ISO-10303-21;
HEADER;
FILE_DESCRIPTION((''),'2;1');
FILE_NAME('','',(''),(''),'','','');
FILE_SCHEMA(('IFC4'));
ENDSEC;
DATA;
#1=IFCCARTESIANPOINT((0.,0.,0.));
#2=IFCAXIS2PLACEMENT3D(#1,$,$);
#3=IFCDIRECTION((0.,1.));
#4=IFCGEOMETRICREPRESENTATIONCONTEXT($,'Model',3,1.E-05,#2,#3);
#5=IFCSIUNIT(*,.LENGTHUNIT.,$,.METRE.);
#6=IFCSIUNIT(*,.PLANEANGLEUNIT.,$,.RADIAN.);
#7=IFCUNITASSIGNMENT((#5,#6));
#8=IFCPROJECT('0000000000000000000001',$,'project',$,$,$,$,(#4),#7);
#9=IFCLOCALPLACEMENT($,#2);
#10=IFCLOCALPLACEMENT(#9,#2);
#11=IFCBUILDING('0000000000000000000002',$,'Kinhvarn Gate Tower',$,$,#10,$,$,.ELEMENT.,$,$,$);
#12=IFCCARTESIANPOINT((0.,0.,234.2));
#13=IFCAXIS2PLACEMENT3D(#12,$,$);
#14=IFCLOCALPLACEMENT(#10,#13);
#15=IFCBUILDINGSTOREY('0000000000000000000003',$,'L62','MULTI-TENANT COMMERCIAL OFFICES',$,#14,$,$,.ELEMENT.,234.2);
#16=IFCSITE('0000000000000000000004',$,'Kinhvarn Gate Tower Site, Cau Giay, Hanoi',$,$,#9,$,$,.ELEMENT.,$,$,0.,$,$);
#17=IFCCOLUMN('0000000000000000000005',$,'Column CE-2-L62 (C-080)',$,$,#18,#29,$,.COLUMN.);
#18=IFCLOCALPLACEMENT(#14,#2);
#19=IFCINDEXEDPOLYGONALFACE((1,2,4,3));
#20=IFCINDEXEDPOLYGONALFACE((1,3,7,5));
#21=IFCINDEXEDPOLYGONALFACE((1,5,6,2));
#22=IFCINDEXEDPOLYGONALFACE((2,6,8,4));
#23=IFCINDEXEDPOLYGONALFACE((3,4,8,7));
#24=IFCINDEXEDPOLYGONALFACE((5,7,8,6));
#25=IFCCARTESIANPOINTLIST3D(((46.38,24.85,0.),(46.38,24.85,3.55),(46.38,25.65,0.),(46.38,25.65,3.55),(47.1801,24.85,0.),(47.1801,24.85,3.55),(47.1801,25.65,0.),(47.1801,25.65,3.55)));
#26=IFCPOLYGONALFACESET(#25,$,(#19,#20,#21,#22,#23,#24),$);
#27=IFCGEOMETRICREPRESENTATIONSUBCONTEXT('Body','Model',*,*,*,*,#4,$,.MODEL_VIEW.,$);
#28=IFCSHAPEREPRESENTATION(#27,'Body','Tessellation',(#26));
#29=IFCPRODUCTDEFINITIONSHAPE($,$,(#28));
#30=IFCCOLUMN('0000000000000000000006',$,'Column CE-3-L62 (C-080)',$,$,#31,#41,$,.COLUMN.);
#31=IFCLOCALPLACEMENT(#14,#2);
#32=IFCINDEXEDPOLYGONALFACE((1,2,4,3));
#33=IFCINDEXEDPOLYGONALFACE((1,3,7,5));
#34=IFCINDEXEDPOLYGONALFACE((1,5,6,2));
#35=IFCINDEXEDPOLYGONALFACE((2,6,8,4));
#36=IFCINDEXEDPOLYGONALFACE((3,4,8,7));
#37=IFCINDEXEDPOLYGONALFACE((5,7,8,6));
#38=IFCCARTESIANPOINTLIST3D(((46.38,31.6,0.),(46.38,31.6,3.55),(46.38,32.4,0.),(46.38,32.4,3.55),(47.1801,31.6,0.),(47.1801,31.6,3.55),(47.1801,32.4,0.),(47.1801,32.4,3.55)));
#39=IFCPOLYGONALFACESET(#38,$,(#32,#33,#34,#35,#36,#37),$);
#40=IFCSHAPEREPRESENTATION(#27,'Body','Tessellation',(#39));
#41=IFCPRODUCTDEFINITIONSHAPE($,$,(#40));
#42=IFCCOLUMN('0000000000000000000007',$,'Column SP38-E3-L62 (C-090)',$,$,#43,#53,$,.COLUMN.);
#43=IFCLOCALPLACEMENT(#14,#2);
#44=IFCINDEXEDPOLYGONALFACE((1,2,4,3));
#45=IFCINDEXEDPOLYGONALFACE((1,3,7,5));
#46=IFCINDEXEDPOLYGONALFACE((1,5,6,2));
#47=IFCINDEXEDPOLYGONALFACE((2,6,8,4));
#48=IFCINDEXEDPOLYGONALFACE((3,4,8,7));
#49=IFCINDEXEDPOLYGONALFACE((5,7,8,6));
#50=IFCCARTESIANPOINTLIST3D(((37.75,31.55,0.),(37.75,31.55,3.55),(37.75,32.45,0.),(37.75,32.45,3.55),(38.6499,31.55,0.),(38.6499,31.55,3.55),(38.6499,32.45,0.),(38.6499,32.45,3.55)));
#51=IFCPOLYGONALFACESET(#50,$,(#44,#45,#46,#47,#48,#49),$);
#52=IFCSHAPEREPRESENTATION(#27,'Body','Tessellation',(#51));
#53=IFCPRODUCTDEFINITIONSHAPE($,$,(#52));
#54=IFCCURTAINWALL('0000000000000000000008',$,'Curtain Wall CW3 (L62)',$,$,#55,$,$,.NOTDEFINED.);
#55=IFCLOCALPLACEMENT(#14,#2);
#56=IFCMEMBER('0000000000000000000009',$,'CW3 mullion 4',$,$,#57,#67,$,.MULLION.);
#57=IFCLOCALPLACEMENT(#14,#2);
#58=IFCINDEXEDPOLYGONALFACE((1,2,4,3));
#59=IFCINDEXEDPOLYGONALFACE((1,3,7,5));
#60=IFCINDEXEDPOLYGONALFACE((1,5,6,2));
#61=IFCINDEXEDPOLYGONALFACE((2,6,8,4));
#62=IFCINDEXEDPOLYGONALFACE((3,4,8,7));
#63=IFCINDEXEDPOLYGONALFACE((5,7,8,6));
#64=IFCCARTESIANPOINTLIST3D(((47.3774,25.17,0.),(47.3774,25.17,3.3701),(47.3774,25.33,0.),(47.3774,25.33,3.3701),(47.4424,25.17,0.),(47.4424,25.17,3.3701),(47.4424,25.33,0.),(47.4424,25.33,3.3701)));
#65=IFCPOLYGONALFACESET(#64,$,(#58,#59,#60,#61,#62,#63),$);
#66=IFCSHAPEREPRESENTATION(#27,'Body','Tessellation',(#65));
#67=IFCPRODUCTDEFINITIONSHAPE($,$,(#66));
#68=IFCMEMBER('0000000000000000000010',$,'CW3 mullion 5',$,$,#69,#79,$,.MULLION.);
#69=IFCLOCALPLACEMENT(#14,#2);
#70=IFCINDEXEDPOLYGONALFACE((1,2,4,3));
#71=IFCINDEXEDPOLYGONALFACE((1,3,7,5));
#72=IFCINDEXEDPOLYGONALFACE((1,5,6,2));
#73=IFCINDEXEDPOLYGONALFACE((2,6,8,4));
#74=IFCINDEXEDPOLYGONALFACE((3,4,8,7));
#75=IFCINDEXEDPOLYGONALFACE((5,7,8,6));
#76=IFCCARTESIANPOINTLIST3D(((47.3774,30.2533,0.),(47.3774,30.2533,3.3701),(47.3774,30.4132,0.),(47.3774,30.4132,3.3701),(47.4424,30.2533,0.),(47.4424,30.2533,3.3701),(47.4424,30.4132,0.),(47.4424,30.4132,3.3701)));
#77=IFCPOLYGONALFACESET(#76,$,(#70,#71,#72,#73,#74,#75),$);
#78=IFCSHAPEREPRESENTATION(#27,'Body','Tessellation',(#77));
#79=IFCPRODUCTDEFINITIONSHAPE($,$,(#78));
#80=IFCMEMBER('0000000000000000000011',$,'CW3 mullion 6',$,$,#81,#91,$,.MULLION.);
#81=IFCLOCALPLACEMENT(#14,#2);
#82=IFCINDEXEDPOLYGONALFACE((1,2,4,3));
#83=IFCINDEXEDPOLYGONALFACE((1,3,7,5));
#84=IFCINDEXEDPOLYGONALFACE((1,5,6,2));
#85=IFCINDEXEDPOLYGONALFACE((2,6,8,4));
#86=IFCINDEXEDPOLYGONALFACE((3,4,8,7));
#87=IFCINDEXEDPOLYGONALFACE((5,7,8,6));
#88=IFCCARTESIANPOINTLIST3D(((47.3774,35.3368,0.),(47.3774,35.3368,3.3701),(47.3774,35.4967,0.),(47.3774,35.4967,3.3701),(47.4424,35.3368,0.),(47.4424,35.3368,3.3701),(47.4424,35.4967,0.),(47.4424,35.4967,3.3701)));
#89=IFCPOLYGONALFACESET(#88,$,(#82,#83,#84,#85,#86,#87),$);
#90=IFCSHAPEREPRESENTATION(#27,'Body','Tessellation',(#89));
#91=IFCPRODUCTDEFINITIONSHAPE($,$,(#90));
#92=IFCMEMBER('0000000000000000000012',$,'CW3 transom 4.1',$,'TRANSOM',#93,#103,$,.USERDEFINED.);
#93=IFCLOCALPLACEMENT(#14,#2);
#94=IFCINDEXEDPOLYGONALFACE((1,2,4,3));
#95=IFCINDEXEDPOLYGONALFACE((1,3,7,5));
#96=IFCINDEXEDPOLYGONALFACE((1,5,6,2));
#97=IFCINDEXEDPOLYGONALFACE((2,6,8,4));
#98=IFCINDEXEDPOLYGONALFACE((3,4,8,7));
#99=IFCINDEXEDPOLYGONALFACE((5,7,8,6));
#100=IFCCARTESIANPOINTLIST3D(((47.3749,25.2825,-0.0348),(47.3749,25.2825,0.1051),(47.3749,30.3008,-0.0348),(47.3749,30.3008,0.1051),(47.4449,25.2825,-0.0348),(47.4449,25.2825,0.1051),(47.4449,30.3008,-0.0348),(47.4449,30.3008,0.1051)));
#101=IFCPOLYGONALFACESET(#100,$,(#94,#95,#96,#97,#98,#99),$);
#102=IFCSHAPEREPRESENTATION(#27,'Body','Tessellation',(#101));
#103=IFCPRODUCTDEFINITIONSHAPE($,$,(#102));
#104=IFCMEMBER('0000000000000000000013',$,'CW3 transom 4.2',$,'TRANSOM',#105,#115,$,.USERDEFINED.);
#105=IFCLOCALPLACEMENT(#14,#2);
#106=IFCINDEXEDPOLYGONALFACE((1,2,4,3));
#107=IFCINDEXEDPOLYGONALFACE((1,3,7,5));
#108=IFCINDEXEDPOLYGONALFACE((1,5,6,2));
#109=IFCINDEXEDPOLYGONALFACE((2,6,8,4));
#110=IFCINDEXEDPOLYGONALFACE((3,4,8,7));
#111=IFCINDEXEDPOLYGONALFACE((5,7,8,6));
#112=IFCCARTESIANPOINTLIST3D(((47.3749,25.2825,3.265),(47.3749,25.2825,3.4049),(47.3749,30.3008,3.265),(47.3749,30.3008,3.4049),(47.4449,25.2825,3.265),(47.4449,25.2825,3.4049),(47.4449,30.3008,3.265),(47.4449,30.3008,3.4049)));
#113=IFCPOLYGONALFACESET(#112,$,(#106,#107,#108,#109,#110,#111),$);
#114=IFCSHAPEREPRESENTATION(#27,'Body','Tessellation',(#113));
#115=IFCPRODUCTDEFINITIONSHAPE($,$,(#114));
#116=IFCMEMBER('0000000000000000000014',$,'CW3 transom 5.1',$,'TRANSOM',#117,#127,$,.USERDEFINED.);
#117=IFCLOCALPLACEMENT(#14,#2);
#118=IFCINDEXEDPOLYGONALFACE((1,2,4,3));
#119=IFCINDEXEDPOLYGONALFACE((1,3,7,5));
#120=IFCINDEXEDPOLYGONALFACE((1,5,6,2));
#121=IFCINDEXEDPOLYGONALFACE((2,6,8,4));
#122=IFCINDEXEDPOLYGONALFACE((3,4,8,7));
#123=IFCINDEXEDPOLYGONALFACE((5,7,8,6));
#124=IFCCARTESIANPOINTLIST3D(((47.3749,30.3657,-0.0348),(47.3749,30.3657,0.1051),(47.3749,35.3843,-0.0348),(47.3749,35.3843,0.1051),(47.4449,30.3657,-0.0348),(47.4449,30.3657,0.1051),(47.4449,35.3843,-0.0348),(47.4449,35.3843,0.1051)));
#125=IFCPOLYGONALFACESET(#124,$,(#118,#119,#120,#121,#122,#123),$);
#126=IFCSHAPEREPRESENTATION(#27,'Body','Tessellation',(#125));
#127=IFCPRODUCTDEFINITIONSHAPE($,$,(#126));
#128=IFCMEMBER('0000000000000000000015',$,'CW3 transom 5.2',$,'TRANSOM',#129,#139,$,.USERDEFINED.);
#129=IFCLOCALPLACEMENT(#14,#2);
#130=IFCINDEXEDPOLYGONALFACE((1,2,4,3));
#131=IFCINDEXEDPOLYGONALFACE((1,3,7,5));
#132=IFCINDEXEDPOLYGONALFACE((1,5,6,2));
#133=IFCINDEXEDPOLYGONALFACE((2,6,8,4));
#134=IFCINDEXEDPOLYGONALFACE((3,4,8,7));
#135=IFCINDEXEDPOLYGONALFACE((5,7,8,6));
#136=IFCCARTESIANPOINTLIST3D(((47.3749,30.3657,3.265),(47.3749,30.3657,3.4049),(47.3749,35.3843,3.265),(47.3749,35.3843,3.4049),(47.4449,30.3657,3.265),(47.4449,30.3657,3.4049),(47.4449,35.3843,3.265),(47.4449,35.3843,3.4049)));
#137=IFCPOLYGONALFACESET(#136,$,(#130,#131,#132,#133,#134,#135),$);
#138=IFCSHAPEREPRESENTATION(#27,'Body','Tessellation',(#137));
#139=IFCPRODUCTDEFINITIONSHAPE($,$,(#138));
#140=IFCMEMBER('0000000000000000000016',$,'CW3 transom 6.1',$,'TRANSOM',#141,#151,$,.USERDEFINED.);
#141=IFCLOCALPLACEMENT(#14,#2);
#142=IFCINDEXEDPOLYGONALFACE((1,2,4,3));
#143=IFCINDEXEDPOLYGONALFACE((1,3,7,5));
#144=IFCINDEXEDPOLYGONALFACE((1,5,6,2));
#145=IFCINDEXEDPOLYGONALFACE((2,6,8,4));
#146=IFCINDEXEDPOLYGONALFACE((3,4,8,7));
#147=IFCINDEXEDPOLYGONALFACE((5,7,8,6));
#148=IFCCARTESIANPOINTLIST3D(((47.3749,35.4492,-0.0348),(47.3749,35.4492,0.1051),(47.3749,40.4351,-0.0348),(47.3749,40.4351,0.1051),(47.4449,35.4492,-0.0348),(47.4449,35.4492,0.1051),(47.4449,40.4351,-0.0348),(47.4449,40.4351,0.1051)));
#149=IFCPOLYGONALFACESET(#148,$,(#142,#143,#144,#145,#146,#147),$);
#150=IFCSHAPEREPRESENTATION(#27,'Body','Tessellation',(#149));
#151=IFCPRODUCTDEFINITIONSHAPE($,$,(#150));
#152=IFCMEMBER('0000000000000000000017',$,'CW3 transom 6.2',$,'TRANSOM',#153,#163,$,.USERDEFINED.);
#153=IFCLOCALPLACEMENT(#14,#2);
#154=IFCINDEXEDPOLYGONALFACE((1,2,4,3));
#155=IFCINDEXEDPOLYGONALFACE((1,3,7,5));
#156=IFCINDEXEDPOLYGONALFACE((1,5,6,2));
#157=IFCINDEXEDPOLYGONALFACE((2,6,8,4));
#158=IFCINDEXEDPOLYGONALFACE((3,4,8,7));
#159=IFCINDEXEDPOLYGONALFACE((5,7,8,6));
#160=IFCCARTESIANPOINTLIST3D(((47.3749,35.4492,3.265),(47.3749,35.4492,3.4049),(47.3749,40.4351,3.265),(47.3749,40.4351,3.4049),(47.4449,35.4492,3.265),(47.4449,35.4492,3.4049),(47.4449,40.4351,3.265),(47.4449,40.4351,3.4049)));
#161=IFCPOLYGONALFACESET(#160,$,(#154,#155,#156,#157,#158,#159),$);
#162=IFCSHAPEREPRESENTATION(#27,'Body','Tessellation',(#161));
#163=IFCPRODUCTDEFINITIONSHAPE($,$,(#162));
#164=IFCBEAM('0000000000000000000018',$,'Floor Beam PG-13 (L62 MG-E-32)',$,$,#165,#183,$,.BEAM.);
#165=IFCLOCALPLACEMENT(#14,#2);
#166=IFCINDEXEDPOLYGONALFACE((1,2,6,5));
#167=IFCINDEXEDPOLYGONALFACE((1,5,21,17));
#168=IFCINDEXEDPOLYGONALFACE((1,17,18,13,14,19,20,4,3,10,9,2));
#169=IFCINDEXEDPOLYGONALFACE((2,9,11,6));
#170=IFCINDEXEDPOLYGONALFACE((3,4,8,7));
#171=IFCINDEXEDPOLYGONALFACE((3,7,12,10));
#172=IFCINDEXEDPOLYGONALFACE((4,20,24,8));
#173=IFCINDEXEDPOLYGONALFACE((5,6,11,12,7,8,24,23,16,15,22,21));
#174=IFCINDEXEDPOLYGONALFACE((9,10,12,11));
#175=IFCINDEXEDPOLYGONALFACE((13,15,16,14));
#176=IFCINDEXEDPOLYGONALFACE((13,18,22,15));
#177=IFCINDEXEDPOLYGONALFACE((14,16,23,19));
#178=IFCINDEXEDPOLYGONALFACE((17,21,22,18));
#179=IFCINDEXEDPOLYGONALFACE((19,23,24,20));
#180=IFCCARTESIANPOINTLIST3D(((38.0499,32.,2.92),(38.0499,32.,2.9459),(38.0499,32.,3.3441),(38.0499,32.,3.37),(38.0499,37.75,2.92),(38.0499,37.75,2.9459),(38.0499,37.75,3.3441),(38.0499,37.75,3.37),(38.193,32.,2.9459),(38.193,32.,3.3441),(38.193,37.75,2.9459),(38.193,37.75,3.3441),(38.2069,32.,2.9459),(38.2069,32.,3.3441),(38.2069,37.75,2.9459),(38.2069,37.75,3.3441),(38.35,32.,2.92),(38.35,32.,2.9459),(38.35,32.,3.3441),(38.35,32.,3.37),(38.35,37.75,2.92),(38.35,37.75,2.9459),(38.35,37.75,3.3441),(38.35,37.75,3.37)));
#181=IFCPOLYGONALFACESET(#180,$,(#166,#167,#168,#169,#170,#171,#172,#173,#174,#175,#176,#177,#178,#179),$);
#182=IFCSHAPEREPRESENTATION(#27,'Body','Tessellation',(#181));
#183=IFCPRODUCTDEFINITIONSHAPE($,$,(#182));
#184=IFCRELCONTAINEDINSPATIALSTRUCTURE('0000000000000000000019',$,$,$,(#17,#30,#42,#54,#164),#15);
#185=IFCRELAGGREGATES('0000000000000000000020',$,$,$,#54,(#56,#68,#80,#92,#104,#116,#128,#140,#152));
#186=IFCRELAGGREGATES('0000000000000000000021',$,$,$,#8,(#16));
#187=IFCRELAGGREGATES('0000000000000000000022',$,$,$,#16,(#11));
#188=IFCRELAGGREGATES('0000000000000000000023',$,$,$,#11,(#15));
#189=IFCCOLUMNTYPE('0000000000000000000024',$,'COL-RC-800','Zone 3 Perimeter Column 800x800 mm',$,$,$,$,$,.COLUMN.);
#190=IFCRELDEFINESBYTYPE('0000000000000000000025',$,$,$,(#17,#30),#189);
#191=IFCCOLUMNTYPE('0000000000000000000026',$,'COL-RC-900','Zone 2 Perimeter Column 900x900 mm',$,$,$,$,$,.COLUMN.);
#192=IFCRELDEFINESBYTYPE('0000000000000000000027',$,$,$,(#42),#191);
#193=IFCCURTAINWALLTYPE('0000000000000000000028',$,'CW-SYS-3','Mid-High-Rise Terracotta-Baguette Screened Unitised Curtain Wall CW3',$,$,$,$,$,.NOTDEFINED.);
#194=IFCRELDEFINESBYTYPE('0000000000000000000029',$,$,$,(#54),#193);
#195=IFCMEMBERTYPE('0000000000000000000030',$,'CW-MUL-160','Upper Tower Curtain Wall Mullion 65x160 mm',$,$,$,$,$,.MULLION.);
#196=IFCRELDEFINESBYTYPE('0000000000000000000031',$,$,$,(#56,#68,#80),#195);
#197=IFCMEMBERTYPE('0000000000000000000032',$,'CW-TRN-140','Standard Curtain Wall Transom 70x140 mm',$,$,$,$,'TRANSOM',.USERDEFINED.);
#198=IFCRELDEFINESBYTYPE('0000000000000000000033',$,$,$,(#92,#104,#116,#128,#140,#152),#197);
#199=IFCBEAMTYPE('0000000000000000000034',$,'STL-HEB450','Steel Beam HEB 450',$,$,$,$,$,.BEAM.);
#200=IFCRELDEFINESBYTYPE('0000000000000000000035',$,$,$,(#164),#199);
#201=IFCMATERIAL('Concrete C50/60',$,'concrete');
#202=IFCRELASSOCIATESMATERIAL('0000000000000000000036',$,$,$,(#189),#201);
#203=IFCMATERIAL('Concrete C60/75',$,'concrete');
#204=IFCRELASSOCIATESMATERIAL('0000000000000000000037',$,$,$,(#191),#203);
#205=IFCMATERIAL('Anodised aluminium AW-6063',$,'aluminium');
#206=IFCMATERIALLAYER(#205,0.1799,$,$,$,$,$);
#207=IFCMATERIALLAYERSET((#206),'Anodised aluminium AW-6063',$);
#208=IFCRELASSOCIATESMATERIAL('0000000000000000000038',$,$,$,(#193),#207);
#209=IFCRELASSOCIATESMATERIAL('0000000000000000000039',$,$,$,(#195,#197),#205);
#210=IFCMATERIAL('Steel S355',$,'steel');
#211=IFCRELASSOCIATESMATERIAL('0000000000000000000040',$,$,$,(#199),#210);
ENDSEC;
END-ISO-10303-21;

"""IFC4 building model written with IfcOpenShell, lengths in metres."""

from ifc_helpers import new_model, si_unit, direction, frame, origin, origin_2d, place, context, subcontext, project, spatial, rectangle, i_section, extrude, material, layer, layer_set, material_profile, profile_set, type_object, element, aggregate, save


model = new_model("IFC4")

# Units and contexts
model_context = context("Model", 3, precision=1e-05, world=origin(), true_north=direction((0.0, 1.0)))
body_context = subcontext(model_context, "Body", "Model", "MODEL_VIEW")
ifc_project = project(units=[si_unit("LENGTHUNIT", "METRE"), si_unit("PLANEANGLEUNIT", "RADIAN")], contexts=[model_context])

# Site, building, storey
site_placement = place(None, origin())
site = spatial("IfcSite", under=ifc_project, at=site_placement, Name="Kinhvarn Gate Tower Site, Cau Giay, Hanoi", CompositionType="ELEMENT", RefElevation=0.0)
building_placement = place(site_placement, origin())
building = spatial("IfcBuilding", under=site, at=building_placement, Name="Kinhvarn Gate Tower", CompositionType="ELEMENT")
storey_placement = place(building_placement, frame((0.0, 0.0, 234.2)))
storey = spatial("IfcBuildingStorey", under=building, at=storey_placement, Name="L62", Description="MULTI-TENANT COMMERCIAL OFFICES", CompositionType="ELEMENT", Elevation=234.2)

# Columns
ifc_material_1 = material(Name="Concrete C50/60", Category="concrete")
ifc_material_profile_1 = material_profile(ifc_material_1, rectangle(XDim=0.8, YDim=0.8, at=origin_2d()), Name="RC 800x800")
ifc_profile_set_1 = profile_set([ifc_material_profile_1], Name="Concrete C50/60")
column_type_1 = type_object("IfcColumnType", Name="COL-RC-800", Description="Zone 3 Perimeter Column 800x800 mm", PredefinedType="COLUMN", material=ifc_profile_set_1)
for number, where, z_axis, x_axis, name in (
    (1, (46.78, 25.25, 0.0), (0.0, 0.0, 1.0), (1.0, 0.0, 0.0), "Column CE-2-L62 (C-080)"),
    (2, (46.78, 32.0, 0.0), (0.0, 0.0, 1.0), (1.0, 0.0, 0.0), "Column CE-3-L62 (C-080)"),
):
    element("IfcColumn", number, at=place(storey_placement, frame(where, z_axis=z_axis, x_axis=x_axis)), inside=storey, type_object=column_type_1, Name=name, PredefinedType="COLUMN", context=body_context, shape_type="SweptSolid", body=[
        extrude(rectangle(XDim=0.8, YDim=0.8, at=origin_2d()), origin(), (0.0, 0.0, 1.0), 3.55),
    ])
ifc_material_2 = material(Name="Concrete C60/75", Category="concrete")
ifc_material_profile_2 = material_profile(ifc_material_2, rectangle(XDim=0.8999, YDim=0.8999, at=origin_2d()), Name="RC 900x900")
ifc_profile_set_2 = profile_set([ifc_material_profile_2], Name="Concrete C60/75")
column_type_2 = type_object("IfcColumnType", Name="COL-RC-900", Description="Zone 2 Perimeter Column 900x900 mm", PredefinedType="COLUMN", material=ifc_profile_set_2)
column_placement = place(storey_placement, frame((38.2, 32.0, 0.0), z_axis=(0.0, 0.0, 1.0), x_axis=(1.0, 0.0, 0.0)))
element("IfcColumn", 3, at=column_placement, inside=storey, type_object=column_type_2, Name="Column SP38-E3-L62 (C-090)", PredefinedType="COLUMN", context=body_context, shape_type="SweptSolid", body=[
    extrude(rectangle(XDim=0.8999, YDim=0.8999, at=origin_2d()), origin(), (0.0, 0.0, 1.0), 3.55),
])

# Curtain wall, members
ifc_material_3 = material(Name="Anodised aluminium AW-6063", Category="aluminium")
ifc_layer_1 = layer(ifc_material_3, 0.1799)
ifc_layer_set_1 = layer_set([ifc_layer_1], Name="Anodised aluminium AW-6063")
curtain_wall_type = type_object("IfcCurtainWallType", Name="CW-SYS-3", Description="Mid-High-Rise Terracotta-Baguette Screened Unitised Curtain Wall CW3", PredefinedType="NOTDEFINED", material=ifc_layer_set_1)
curtain_wall_placement = place(storey_placement, origin())
curtain_wall = element("IfcCurtainWall", 4, at=curtain_wall_placement, inside=storey, type_object=curtain_wall_type, Name="Curtain Wall CW3 (L62)", PredefinedType="NOTDEFINED")
ifc_material_profile_3 = material_profile(ifc_material_3, rectangle(XDim=0.0649, YDim=0.1599, at=origin_2d()), Name="ALU 65x160")
ifc_profile_set_3 = profile_set([ifc_material_profile_3], Name="Anodised aluminium AW-6063")
member_type_1 = type_object("IfcMemberType", Name="CW-MUL-160", Description="Upper Tower Curtain Wall Mullion 65x160 mm", PredefinedType="MULLION", material=ifc_profile_set_3)
member_1_placement = place(storey_placement, frame((47.4099, 25.25, 0.0), z_axis=(0.0, 0.0, 1.0), x_axis=(-1.0, 0.0, 0.0)))
member_1 = element("IfcMember", 5, at=member_1_placement, type_object=member_type_1, Name="CW3 mullion 4", PredefinedType="MULLION", context=body_context, shape_type="SweptSolid", body=[
    extrude(rectangle(XDim=0.0649, YDim=0.1599, at=origin_2d()), origin(), (0.0, 0.0, 1.0), 3.3701),
])
member_2_placement = place(storey_placement, frame((47.4099, 30.3333, 0.0), z_axis=(0.0, 0.0, 1.0), x_axis=(-1.0, 0.0, 0.0)))
member_2 = element("IfcMember", 6, at=member_2_placement, type_object=member_type_1, Name="CW3 mullion 5", PredefinedType="MULLION", context=body_context, shape_type="SweptSolid", body=[
    extrude(rectangle(XDim=0.0649, YDim=0.1599, at=origin_2d()), origin(), (0.0, 0.0, 1.0), 3.3701),
])
member_3_placement = place(storey_placement, frame((47.4099, 35.4167, 0.0), z_axis=(0.0, 0.0, 1.0), x_axis=(-1.0, 0.0, 0.0)))
member_3 = element("IfcMember", 7, at=member_3_placement, type_object=member_type_1, Name="CW3 mullion 6", PredefinedType="MULLION", context=body_context, shape_type="SweptSolid", body=[
    extrude(rectangle(XDim=0.0649, YDim=0.1599, at=origin_2d()), origin(), (0.0, 0.0, 1.0), 3.3701),
])
ifc_material_profile_4 = material_profile(ifc_material_3, rectangle(XDim=0.0701, YDim=0.1399, at=origin_2d()), Name="ALU 70x140")
ifc_profile_set_4 = profile_set([ifc_material_profile_4], Name="Anodised aluminium AW-6063")
member_type_2 = type_object("IfcMemberType", Name="CW-TRN-140", Description="Standard Curtain Wall Transom 70x140 mm", ElementType="TRANSOM", PredefinedType="USERDEFINED", material=ifc_profile_set_4)
member_4_placement = place(storey_placement, frame((47.4099, 25.2825, 0.0352), z_axis=(0.0, 1.0, 0.0), x_axis=(-1.0, 0.0, 0.0)))
member_4 = element("IfcMember", 8, at=member_4_placement, type_object=member_type_2, Name="CW3 transom 4.1", ObjectType="TRANSOM", PredefinedType="USERDEFINED", context=body_context, shape_type="SweptSolid", body=[
    extrude(rectangle(XDim=0.0701, YDim=0.1399, at=origin_2d()), origin(), (0.0, 0.0, 1.0), 5.0183),
])
member_5_placement = place(storey_placement, frame((47.4099, 25.2825, 3.335), z_axis=(0.0, 1.0, 0.0), x_axis=(-1.0, 0.0, 0.0)))
member_5 = element("IfcMember", 9, at=member_5_placement, type_object=member_type_2, Name="CW3 transom 4.2", ObjectType="TRANSOM", PredefinedType="USERDEFINED", context=body_context, shape_type="SweptSolid", body=[
    extrude(rectangle(XDim=0.0701, YDim=0.1399, at=origin_2d()), origin(), (0.0, 0.0, 1.0), 5.0183),
])
member_6_placement = place(storey_placement, frame((47.4099, 30.3657, 0.0352), z_axis=(0.0, 1.0, 0.0), x_axis=(-1.0, 0.0, 0.0)))
member_6 = element("IfcMember", 10, at=member_6_placement, type_object=member_type_2, Name="CW3 transom 5.1", ObjectType="TRANSOM", PredefinedType="USERDEFINED", context=body_context, shape_type="SweptSolid", body=[
    extrude(rectangle(XDim=0.0701, YDim=0.1399, at=origin_2d()), origin(), (0.0, 0.0, 1.0), 5.0186),
])
member_7_placement = place(storey_placement, frame((47.4099, 30.3657, 3.335), z_axis=(0.0, 1.0, 0.0), x_axis=(-1.0, 0.0, 0.0)))
member_7 = element("IfcMember", 11, at=member_7_placement, type_object=member_type_2, Name="CW3 transom 5.2", ObjectType="TRANSOM", PredefinedType="USERDEFINED", context=body_context, shape_type="SweptSolid", body=[
    extrude(rectangle(XDim=0.0701, YDim=0.1399, at=origin_2d()), origin(), (0.0, 0.0, 1.0), 5.0186),
])
member_8_placement = place(storey_placement, frame((47.4099, 35.4492, 0.0352), z_axis=(0.0, 1.0, 0.0), x_axis=(-1.0, 0.0, 0.0)))
member_8 = element("IfcMember", 12, at=member_8_placement, type_object=member_type_2, Name="CW3 transom 6.1", ObjectType="TRANSOM", PredefinedType="USERDEFINED", context=body_context, shape_type="SweptSolid", body=[
    extrude(rectangle(XDim=0.0701, YDim=0.1399, at=origin_2d()), origin(), (0.0, 0.0, 1.0), 4.9858),
])
member_9_placement = place(storey_placement, frame((47.4099, 35.4492, 3.335), z_axis=(0.0, 1.0, 0.0), x_axis=(-1.0, 0.0, 0.0)))
member_9 = element("IfcMember", 13, at=member_9_placement, type_object=member_type_2, Name="CW3 transom 6.2", ObjectType="TRANSOM", PredefinedType="USERDEFINED", context=body_context, shape_type="SweptSolid", body=[
    extrude(rectangle(XDim=0.0701, YDim=0.1399, at=origin_2d()), origin(), (0.0, 0.0, 1.0), 4.9858),
])

# Beam
ifc_material_4 = material(Name="Steel S355", Category="steel")
ifc_material_profile_5 = material_profile(ifc_material_4, i_section(OverallWidth=0.3, OverallDepth=0.45, WebThickness=0.0139, FlangeThickness=0.0259, at=origin_2d()), Name="HEB 450")
ifc_profile_set_5 = profile_set([ifc_material_profile_5], Name="Steel S355")
beam_type_1 = type_object("IfcBeamType", Name="STL-HEB450", Description="Steel Beam HEB 450", PredefinedType="BEAM", material=ifc_profile_set_5)
beam_1_placement = place(storey_placement, frame((38.2, 32.0, 3.145), z_axis=(0.0, 1.0, 0.0), x_axis=(-1.0, 0.0, 0.0)))
element("IfcBeam", 14, at=beam_1_placement, inside=storey, type_object=beam_type_1, Name="Floor Beam PG-13 (L62 MG-E-32)", PredefinedType="BEAM", context=body_context, shape_type="SweptSolid", body=[
    extrude(i_section(OverallWidth=0.3, OverallDepth=0.45, WebThickness=0.0139, FlangeThickness=0.0259, at=origin_2d()), origin(), (0.0, 0.0, 1.0), 5.75),
])

aggregate(curtain_wall, [member_1, member_2, member_3, member_4, member_5, member_6, member_7, member_8, member_9])

save(model, "model.ifc")
